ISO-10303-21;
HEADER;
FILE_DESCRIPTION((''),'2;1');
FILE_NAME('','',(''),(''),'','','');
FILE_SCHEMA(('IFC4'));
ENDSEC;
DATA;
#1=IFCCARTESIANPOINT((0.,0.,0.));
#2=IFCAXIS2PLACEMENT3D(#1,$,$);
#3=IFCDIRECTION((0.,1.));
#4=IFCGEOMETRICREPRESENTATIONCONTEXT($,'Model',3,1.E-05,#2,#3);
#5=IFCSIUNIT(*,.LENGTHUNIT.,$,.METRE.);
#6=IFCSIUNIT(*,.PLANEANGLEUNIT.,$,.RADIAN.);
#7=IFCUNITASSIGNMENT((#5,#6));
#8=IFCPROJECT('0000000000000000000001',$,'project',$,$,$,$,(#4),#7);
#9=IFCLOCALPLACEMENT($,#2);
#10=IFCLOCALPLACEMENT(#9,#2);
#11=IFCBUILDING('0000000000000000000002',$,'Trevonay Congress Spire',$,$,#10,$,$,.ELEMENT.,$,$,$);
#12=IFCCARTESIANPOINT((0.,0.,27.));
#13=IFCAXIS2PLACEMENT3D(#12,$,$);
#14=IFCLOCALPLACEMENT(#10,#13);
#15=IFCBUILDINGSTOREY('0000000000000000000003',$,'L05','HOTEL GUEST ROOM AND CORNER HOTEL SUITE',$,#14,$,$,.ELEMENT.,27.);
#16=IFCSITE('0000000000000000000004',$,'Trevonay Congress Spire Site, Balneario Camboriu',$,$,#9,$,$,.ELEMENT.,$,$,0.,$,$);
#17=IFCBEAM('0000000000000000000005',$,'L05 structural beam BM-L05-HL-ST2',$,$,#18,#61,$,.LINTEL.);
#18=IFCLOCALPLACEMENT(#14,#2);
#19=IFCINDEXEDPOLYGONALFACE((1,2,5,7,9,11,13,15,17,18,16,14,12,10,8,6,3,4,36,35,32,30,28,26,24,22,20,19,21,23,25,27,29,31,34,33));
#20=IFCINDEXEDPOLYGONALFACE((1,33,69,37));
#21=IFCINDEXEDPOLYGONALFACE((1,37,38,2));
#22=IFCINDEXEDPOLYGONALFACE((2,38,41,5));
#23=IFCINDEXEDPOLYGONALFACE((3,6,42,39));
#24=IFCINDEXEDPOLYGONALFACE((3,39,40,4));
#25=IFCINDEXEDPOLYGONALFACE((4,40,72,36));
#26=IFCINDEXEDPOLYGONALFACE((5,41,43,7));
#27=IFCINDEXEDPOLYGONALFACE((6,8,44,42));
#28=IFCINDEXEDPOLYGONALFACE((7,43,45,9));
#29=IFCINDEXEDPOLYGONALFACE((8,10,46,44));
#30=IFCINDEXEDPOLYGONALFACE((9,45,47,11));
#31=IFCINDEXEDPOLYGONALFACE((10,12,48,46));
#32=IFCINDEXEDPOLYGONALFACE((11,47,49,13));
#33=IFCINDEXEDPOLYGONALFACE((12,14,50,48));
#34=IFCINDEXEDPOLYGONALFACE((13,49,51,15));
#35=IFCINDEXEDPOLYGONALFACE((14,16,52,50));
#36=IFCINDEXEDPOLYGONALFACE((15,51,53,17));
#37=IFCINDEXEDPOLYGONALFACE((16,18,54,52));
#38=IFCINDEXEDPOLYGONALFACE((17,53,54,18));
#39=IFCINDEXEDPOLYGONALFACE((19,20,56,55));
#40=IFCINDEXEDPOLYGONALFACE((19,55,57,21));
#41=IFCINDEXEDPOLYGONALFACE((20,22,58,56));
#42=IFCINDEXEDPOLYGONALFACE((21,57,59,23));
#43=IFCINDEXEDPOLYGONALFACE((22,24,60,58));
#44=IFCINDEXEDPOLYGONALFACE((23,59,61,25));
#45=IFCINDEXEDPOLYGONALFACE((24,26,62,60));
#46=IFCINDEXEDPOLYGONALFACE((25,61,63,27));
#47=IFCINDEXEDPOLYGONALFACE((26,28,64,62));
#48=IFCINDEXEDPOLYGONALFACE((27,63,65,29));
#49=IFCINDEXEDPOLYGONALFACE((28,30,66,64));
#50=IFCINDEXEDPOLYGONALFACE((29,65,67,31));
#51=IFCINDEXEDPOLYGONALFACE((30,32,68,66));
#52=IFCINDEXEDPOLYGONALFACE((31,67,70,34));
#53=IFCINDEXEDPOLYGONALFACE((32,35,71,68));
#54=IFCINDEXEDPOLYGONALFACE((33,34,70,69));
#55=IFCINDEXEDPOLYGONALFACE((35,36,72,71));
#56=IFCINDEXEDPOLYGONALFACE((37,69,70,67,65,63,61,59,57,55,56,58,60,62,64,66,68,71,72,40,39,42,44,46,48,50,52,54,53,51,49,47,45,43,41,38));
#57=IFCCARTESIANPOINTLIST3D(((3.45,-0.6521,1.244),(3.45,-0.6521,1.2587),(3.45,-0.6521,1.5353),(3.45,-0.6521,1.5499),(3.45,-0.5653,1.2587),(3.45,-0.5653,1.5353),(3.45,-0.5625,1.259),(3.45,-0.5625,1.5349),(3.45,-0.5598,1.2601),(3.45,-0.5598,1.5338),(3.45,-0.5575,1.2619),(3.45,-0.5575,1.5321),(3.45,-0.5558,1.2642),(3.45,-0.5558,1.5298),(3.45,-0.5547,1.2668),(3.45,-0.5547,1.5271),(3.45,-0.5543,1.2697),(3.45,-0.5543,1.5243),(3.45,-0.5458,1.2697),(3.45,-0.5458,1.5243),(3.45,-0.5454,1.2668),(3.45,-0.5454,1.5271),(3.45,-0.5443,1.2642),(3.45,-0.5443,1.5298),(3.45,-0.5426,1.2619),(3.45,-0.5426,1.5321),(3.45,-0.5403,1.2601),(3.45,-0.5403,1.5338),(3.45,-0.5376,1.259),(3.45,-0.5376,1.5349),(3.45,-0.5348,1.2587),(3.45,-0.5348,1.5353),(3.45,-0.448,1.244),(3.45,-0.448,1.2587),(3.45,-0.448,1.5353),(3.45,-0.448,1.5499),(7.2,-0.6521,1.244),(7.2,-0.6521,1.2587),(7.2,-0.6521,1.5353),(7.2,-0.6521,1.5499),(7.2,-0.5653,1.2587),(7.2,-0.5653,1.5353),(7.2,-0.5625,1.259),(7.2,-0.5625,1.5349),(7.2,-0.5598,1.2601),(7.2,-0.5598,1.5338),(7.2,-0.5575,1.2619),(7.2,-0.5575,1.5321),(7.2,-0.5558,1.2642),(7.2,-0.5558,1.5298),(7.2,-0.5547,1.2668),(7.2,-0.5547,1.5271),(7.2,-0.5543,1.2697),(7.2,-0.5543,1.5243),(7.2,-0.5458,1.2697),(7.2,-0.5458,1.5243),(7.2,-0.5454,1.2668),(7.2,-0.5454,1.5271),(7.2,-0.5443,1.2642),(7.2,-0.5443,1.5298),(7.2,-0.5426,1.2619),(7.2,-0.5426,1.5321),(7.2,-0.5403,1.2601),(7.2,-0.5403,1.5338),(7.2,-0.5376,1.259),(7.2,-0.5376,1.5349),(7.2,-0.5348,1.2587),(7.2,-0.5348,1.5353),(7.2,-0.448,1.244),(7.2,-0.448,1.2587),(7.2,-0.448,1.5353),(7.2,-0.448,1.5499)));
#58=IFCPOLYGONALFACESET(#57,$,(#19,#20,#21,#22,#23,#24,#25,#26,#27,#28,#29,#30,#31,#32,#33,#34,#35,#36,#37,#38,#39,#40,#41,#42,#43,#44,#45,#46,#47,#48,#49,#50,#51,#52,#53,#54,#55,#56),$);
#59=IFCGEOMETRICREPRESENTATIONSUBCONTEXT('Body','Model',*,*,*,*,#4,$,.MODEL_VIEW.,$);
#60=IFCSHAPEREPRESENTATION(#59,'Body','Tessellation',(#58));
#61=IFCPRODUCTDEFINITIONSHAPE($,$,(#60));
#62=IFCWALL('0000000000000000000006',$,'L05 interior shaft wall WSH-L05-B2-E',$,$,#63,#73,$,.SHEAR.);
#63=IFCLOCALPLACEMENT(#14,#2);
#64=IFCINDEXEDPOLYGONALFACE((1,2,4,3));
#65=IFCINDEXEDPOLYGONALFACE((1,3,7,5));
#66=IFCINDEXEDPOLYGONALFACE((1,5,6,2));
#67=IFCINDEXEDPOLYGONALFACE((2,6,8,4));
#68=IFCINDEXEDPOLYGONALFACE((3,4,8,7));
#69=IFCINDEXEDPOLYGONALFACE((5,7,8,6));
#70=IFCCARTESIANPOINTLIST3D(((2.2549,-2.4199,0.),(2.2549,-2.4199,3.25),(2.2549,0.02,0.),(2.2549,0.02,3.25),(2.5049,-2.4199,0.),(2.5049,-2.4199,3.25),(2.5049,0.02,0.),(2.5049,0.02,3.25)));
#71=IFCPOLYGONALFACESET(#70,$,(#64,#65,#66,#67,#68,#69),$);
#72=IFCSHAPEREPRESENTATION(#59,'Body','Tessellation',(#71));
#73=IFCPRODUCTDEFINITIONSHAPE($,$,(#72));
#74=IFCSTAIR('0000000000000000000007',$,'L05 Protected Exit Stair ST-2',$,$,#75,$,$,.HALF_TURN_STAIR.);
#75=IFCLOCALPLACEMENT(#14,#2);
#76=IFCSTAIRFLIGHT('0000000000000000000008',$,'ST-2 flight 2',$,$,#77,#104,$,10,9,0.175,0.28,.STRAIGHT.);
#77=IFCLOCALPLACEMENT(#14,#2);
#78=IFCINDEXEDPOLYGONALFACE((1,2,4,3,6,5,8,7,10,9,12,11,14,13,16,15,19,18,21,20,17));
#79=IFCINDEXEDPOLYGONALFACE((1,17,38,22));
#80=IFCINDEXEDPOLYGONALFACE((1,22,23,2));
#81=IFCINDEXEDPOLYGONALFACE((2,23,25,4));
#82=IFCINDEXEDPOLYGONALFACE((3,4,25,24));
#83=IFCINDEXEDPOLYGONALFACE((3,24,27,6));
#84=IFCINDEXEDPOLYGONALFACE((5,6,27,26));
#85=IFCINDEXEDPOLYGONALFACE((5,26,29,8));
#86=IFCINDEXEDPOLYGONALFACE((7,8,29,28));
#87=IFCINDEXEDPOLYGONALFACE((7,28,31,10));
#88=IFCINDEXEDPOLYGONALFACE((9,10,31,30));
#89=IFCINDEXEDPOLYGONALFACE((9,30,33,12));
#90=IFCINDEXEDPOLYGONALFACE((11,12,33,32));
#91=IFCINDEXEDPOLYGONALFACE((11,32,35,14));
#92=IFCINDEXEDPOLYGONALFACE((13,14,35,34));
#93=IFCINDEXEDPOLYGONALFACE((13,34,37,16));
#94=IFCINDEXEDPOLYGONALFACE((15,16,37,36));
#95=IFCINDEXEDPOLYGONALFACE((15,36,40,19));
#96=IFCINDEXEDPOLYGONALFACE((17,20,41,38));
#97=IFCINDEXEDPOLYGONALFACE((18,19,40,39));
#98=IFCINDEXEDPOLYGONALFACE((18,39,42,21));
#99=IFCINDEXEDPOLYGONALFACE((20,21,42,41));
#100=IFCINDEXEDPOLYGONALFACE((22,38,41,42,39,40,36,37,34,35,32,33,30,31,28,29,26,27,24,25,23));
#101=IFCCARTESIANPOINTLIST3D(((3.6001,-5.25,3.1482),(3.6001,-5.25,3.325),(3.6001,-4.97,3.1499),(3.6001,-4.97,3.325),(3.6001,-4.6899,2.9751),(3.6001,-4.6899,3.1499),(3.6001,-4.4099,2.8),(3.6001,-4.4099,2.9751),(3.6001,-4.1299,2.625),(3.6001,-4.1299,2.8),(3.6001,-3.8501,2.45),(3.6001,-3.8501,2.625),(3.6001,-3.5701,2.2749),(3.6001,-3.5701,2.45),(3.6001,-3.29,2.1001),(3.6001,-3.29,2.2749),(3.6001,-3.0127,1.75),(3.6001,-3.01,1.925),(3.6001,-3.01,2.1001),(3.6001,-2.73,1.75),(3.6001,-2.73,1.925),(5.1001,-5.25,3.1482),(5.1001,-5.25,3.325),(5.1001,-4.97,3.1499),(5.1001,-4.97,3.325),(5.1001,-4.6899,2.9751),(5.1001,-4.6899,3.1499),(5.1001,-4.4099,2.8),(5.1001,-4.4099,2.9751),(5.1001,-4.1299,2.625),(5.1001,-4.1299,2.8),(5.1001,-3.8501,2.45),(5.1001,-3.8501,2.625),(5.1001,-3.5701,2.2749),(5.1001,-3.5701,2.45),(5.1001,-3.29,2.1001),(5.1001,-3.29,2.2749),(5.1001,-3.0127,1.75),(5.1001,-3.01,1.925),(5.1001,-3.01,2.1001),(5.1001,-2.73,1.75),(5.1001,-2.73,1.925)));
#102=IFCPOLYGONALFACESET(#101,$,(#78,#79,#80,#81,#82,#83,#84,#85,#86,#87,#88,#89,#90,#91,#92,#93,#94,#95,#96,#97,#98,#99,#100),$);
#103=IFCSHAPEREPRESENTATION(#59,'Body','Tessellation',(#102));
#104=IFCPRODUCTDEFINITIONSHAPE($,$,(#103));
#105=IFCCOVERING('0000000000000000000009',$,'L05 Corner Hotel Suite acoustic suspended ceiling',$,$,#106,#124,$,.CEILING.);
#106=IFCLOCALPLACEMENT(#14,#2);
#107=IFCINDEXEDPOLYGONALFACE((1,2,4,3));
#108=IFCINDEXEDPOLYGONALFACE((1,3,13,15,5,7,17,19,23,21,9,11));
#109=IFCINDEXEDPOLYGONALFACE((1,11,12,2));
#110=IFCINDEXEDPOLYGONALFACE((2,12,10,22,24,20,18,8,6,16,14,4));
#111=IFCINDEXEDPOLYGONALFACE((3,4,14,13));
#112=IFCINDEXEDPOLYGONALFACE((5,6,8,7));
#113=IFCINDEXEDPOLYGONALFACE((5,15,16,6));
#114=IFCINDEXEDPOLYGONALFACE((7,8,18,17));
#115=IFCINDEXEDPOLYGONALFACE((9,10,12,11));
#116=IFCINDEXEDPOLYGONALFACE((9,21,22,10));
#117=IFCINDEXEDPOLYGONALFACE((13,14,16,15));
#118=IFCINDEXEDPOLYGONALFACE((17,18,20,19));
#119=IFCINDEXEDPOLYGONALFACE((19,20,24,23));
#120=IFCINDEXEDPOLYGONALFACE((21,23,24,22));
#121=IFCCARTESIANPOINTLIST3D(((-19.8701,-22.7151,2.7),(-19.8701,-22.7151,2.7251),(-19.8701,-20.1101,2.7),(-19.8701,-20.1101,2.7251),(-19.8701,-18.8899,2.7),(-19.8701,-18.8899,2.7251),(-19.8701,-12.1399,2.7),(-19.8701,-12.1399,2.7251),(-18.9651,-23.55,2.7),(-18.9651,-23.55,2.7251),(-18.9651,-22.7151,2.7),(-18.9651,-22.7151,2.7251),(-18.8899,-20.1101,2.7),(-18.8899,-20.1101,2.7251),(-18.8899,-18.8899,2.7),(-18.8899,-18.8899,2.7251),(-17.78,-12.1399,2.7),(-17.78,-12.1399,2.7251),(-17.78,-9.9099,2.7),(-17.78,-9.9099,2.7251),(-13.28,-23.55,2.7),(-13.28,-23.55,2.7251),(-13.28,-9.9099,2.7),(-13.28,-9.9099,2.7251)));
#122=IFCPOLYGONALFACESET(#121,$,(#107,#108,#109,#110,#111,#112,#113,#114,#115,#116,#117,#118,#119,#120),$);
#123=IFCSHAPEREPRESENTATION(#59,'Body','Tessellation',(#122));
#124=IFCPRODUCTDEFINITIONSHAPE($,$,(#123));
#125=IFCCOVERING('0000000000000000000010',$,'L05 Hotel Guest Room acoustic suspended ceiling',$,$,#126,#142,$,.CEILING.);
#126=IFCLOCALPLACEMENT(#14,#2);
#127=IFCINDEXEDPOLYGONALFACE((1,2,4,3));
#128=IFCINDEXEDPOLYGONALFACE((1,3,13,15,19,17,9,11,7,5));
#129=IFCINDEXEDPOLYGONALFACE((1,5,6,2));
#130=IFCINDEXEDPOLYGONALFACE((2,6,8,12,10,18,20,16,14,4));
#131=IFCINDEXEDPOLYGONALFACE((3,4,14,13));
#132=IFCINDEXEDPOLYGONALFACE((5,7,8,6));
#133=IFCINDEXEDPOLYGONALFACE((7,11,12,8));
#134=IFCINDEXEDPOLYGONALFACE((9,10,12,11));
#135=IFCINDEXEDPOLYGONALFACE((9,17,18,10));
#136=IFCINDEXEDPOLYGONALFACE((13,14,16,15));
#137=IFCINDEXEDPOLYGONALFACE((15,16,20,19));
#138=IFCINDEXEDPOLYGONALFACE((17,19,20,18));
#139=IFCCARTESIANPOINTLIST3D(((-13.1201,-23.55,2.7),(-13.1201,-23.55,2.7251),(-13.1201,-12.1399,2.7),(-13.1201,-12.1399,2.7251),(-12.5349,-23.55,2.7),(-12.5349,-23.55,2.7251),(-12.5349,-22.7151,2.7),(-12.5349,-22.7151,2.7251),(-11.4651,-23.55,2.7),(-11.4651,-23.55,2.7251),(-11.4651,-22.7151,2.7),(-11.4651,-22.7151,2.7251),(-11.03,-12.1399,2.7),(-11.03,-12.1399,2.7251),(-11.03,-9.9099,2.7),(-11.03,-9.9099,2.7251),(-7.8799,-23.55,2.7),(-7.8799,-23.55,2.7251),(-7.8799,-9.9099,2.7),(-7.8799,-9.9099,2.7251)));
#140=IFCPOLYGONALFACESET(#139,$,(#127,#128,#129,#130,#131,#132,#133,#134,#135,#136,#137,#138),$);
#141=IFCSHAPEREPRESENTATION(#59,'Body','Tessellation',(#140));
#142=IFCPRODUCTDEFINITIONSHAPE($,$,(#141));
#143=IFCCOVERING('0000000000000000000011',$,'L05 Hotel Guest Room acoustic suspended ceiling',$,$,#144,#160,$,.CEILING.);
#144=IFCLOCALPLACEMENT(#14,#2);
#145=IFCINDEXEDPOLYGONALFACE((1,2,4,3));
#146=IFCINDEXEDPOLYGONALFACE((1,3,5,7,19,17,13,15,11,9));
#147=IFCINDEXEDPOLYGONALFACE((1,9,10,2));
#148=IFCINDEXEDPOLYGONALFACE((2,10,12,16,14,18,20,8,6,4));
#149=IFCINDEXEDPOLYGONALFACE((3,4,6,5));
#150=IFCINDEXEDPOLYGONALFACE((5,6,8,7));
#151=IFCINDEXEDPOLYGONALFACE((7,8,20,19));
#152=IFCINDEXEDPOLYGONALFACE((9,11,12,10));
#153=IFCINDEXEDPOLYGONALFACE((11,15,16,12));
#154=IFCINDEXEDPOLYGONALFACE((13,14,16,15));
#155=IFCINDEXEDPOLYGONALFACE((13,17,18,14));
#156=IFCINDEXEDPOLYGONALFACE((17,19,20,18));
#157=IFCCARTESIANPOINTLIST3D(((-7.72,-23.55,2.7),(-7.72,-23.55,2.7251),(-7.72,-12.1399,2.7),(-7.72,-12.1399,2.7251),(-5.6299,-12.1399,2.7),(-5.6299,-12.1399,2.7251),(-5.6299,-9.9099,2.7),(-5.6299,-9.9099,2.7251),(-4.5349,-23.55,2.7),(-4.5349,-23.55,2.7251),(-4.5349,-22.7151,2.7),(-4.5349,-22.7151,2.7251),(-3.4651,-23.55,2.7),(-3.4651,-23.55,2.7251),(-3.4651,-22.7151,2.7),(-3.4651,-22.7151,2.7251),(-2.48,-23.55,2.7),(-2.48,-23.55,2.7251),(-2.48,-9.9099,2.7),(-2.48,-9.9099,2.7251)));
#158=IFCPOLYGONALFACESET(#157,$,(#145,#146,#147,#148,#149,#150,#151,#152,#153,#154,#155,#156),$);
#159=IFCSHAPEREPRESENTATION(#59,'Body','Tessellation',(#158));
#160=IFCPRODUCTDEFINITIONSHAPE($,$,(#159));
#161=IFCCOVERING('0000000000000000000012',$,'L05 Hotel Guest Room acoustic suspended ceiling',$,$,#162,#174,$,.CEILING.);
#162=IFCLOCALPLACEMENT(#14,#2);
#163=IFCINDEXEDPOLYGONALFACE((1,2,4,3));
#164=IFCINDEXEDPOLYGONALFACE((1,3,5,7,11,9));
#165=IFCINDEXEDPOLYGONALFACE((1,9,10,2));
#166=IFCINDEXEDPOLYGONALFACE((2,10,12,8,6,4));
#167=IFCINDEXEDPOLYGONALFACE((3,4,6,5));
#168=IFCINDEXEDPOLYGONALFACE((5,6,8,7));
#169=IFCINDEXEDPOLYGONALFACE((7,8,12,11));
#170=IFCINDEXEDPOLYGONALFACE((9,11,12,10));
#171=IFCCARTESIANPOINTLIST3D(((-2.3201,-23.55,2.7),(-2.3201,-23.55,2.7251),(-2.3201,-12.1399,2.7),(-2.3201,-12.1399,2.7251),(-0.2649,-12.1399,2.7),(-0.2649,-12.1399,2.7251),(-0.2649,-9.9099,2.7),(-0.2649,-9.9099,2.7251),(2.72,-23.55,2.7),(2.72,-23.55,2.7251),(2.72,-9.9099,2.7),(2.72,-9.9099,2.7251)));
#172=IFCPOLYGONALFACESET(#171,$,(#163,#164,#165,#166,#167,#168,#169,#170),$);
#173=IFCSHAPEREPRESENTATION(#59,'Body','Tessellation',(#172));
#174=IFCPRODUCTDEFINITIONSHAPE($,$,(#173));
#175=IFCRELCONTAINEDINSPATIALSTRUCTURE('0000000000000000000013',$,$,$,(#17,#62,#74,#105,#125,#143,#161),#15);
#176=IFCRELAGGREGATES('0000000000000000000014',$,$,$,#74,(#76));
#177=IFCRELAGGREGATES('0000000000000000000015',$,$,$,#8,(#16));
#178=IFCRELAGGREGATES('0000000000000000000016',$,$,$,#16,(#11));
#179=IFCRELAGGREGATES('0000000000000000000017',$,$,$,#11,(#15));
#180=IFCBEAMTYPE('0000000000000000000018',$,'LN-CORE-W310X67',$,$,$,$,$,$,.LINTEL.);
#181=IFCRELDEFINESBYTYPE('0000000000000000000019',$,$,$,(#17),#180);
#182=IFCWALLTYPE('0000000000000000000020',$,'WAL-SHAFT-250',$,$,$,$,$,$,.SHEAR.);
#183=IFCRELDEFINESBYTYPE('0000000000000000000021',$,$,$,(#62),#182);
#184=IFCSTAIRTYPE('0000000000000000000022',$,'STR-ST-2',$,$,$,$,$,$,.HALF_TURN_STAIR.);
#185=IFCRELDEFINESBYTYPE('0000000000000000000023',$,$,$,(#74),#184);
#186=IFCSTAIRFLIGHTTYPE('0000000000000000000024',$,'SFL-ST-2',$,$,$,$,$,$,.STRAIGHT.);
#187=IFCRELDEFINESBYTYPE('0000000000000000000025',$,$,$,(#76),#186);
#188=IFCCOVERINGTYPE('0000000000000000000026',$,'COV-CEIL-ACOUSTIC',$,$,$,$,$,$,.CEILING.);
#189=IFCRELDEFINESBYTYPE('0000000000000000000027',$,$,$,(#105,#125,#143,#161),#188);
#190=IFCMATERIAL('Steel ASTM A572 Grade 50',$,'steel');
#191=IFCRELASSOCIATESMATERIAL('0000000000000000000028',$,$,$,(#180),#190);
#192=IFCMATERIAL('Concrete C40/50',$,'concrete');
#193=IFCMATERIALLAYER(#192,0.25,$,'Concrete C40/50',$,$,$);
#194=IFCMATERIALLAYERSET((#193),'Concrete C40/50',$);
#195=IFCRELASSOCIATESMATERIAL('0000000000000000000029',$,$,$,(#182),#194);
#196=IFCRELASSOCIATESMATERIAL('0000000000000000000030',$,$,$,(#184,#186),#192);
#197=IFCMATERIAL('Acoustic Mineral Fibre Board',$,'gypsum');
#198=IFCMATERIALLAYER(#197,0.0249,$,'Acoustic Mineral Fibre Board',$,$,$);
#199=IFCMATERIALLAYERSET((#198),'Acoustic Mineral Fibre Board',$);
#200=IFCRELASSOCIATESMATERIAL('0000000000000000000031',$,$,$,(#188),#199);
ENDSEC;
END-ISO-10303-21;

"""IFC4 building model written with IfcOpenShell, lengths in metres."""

from ifc_helpers import new_model, si_unit, direction, frame, frame_2d, origin, origin_2d, place, context, subcontext, project, spatial, polyline, rectangle, i_section, outline, extrude, material, layer, layer_set, material_profile, profile_set, type_object, element, aggregate, save


model = new_model("IFC4")

# Units and contexts
model_context = context("Model", 3, precision=1e-05, world=origin(), true_north=direction((0.0, 1.0)))
body_context = subcontext(model_context, "Body", "Model", "MODEL_VIEW")
ifc_project = project(units=[si_unit("LENGTHUNIT", "METRE"), si_unit("PLANEANGLEUNIT", "RADIAN")], contexts=[model_context])

# Site, building, storey
site_placement = place(None, origin())
site = spatial("IfcSite", under=ifc_project, at=site_placement, Name="Trevonay Congress Spire Site, Balneario Camboriu", CompositionType="ELEMENT", RefElevation=0.0)
building_placement = place(site_placement, origin())
building = spatial("IfcBuilding", under=site, at=building_placement, Name="Trevonay Congress Spire", CompositionType="ELEMENT")
storey_placement = place(building_placement, frame((0.0, 0.0, 27.0)))
storey = spatial("IfcBuildingStorey", under=building, at=storey_placement, Name="L05", Description="HOTEL GUEST ROOM AND CORNER HOTEL SUITE", CompositionType="ELEMENT", Elevation=27.0)

# Beam
ifc_material_1 = material(Name="Steel ASTM A572 Grade 50", Category="steel")
ifc_material_profile = material_profile(ifc_material_1, i_section(OverallWidth=0.2041, OverallDepth=0.3059, WebThickness=0.0085, FlangeThickness=0.0146, FilletRadius=0.011, at=origin_2d()), Name="W310x67")
ifc_profile_set = profile_set([ifc_material_profile], Name="Steel ASTM A572 Grade 50")
beam_type = type_object("IfcBeamType", Name="LN-CORE-W310X67", PredefinedType="LINTEL", material=ifc_profile_set)
beam_placement = place(storey_placement, frame((3.45, -0.55, 1.397), z_axis=(1.0, 0.0, 0.0), x_axis=(0.0, 1.0, 0.0)))
element("IfcBeam", 1, at=beam_placement, inside=storey, type_object=beam_type, Name="L05 structural beam BM-L05-HL-ST2", PredefinedType="LINTEL", context=body_context, shape_type="SweptSolid", body=[
    extrude(i_section(OverallWidth=0.2041, OverallDepth=0.3059, WebThickness=0.0085, FlangeThickness=0.0146, FilletRadius=0.011, at=origin_2d()), origin(), (0.0, 0.0, 1.0), 3.75),
])

# Wall
ifc_material_2 = material(Name="Concrete C40/50", Category="concrete")
ifc_layer_1 = layer(ifc_material_2, 0.25, Name="Concrete C40/50")
ifc_layer_set_1 = layer_set([ifc_layer_1], Name="Concrete C40/50")
wall_type = type_object("IfcWallType", Name="WAL-SHAFT-250", PredefinedType="SHEAR", material=ifc_layer_set_1)
wall_placement = place(storey_placement, frame((2.3799, -2.4199, 0.0), z_axis=(0.0, 0.0, 1.0), x_axis=(0.0, 1.0, 0.0)))
element("IfcWall", 2, at=wall_placement, inside=storey, type_object=wall_type, Name="L05 interior shaft wall WSH-L05-B2-E", PredefinedType="SHEAR", context=body_context, shape_type="SweptSolid", body=[
    extrude(rectangle(XDim=2.4399, YDim=0.25, at=frame_2d((1.22, 0.0))), origin(), (0.0, 0.0, 1.0), 3.25),
])

# Stair, stair flight
stair_type = type_object("IfcStairType", Name="STR-ST-2", PredefinedType="HALF_TURN_STAIR", material=ifc_material_2)
stair_placement = place(storey_placement, origin())
stair = element("IfcStair", 3, at=stair_placement, inside=storey, type_object=stair_type, Name="L05 Protected Exit Stair ST-2", PredefinedType="HALF_TURN_STAIR")
stair_flight_type = type_object("IfcStairFlightType", Name="SFL-ST-2", PredefinedType="STRAIGHT", material=ifc_material_2)
stair_flight_placement = place(storey_placement, frame((4.3501, -2.73, 1.75), z_axis=(0.0, 0.0, 1.0), x_axis=(0.0, -1.0, 0.0)))
stair_flight = element("IfcStairFlight", 4, at=stair_flight_placement, type_object=stair_flight_type, Name="ST-2 flight 2", NumberOfRisers=10, NumberOfTreads=9, PredefinedType="STRAIGHT", RiserHeight=0.175, TreadLength=0.28, context=body_context, shape_type="SweptSolid", body=[
    extrude(outline(polyline([(0.0, 0.0), (0.0, 0.175), (0.28, 0.175), (0.28, 0.3501), (0.5601, 0.3501), (0.5601, 0.5249), (0.8401, 0.5249), (0.8401, 0.7), (1.1201, 0.7), (1.1201, 0.875), (1.3999, 0.875), (1.3999, 1.05), (1.6799, 1.05), (1.6799, 1.2251), (1.96, 1.2251), (1.96, 1.3999), (2.24, 1.3999), (2.24, 1.575), (2.52, 1.575), (2.52, 1.75), (2.52, 1.3982), (0.2827, 0.0), (0.0, 0.0)])), frame((0.0, 0.75, 0.0), z_axis=(0.0, -1.0, 0.0), x_axis=(1.0, 0.0, 0.0)), (0.0, 0.0, 1.0), 1.5),
])
aggregate(stair, [stair_flight])

# Coverings
ifc_material_3 = material(Name="Acoustic Mineral Fibre Board", Category="gypsum")
ifc_layer_2 = layer(ifc_material_3, 0.0249, Name="Acoustic Mineral Fibre Board")
ifc_layer_set_2 = layer_set([ifc_layer_2], Name="Acoustic Mineral Fibre Board")
covering_type_1 = type_object("IfcCoveringType", Name="COV-CEIL-ACOUSTIC", PredefinedType="CEILING", material=ifc_layer_set_2)
covering_1_placement = place(storey_placement, frame((0.0, 0.0, 2.7)))
element("IfcCovering", 5, at=covering_1_placement, inside=storey, type_object=covering_type_1, Name="L05 Corner Hotel Suite acoustic suspended ceiling", PredefinedType="CEILING", context=body_context, shape_type="SweptSolid", body=[
    extrude(outline(polyline([(-19.8701, -12.1399), (-17.78, -12.1399), (-17.78, -9.9099), (-13.28, -9.9099), (-13.28, -23.55), (-18.9651, -23.55), (-18.9651, -22.7151), (-19.8701, -22.7151), (-19.8701, -20.1101), (-18.8899, -20.1101), (-18.8899, -18.8899), (-19.8701, -18.8899), (-19.8701, -12.1399)])), origin(), (0.0, 0.0, 1.0), 0.0251),
])
covering_2_placement = place(storey_placement, frame((0.0, 0.0, 2.7)))
element("IfcCovering", 6, at=covering_2_placement, inside=storey, type_object=covering_type_1, Name="L05 Hotel Guest Room acoustic suspended ceiling", PredefinedType="CEILING", context=body_context, shape_type="SweptSolid", body=[
    extrude(outline(polyline([(-13.1201, -23.55), (-13.1201, -12.1399), (-11.03, -12.1399), (-11.03, -9.9099), (-7.8799, -9.9099), (-7.8799, -23.55), (-11.4651, -23.55), (-11.4651, -22.7151), (-12.5349, -22.7151), (-12.5349, -23.55), (-13.1201, -23.55)])), origin(), (0.0, 0.0, 1.0), 0.0251),
])
covering_3_placement = place(storey_placement, frame((0.0, 0.0, 2.7)))
element("IfcCovering", 7, at=covering_3_placement, inside=storey, type_object=covering_type_1, Name="L05 Hotel Guest Room acoustic suspended ceiling", PredefinedType="CEILING", context=body_context, shape_type="SweptSolid", body=[
    extrude(outline(polyline([(-7.72, -23.55), (-7.72, -12.1399), (-5.6299, -12.1399), (-5.6299, -9.9099), (-2.48, -9.9099), (-2.48, -23.55), (-3.4651, -23.55), (-3.4651, -22.7151), (-4.5349, -22.7151), (-4.5349, -23.55), (-7.72, -23.55)])), origin(), (0.0, 0.0, 1.0), 0.0251),
])
covering_4_placement = place(storey_placement, frame((0.0, 0.0, 2.7)))
element("IfcCovering", 8, at=covering_4_placement, inside=storey, type_object=covering_type_1, Name="L05 Hotel Guest Room acoustic suspended ceiling", PredefinedType="CEILING", context=body_context, shape_type="SweptSolid", body=[
    extrude(outline(polyline([(-2.3201, -23.55), (2.72, -23.55), (2.72, -9.9099), (-0.2649, -9.9099), (-0.2649, -12.1399), (-2.3201, -12.1399), (-2.3201, -23.55)])), origin(), (0.0, 0.0, 1.0), 0.0251),
])

save(model, "model.ifc")
